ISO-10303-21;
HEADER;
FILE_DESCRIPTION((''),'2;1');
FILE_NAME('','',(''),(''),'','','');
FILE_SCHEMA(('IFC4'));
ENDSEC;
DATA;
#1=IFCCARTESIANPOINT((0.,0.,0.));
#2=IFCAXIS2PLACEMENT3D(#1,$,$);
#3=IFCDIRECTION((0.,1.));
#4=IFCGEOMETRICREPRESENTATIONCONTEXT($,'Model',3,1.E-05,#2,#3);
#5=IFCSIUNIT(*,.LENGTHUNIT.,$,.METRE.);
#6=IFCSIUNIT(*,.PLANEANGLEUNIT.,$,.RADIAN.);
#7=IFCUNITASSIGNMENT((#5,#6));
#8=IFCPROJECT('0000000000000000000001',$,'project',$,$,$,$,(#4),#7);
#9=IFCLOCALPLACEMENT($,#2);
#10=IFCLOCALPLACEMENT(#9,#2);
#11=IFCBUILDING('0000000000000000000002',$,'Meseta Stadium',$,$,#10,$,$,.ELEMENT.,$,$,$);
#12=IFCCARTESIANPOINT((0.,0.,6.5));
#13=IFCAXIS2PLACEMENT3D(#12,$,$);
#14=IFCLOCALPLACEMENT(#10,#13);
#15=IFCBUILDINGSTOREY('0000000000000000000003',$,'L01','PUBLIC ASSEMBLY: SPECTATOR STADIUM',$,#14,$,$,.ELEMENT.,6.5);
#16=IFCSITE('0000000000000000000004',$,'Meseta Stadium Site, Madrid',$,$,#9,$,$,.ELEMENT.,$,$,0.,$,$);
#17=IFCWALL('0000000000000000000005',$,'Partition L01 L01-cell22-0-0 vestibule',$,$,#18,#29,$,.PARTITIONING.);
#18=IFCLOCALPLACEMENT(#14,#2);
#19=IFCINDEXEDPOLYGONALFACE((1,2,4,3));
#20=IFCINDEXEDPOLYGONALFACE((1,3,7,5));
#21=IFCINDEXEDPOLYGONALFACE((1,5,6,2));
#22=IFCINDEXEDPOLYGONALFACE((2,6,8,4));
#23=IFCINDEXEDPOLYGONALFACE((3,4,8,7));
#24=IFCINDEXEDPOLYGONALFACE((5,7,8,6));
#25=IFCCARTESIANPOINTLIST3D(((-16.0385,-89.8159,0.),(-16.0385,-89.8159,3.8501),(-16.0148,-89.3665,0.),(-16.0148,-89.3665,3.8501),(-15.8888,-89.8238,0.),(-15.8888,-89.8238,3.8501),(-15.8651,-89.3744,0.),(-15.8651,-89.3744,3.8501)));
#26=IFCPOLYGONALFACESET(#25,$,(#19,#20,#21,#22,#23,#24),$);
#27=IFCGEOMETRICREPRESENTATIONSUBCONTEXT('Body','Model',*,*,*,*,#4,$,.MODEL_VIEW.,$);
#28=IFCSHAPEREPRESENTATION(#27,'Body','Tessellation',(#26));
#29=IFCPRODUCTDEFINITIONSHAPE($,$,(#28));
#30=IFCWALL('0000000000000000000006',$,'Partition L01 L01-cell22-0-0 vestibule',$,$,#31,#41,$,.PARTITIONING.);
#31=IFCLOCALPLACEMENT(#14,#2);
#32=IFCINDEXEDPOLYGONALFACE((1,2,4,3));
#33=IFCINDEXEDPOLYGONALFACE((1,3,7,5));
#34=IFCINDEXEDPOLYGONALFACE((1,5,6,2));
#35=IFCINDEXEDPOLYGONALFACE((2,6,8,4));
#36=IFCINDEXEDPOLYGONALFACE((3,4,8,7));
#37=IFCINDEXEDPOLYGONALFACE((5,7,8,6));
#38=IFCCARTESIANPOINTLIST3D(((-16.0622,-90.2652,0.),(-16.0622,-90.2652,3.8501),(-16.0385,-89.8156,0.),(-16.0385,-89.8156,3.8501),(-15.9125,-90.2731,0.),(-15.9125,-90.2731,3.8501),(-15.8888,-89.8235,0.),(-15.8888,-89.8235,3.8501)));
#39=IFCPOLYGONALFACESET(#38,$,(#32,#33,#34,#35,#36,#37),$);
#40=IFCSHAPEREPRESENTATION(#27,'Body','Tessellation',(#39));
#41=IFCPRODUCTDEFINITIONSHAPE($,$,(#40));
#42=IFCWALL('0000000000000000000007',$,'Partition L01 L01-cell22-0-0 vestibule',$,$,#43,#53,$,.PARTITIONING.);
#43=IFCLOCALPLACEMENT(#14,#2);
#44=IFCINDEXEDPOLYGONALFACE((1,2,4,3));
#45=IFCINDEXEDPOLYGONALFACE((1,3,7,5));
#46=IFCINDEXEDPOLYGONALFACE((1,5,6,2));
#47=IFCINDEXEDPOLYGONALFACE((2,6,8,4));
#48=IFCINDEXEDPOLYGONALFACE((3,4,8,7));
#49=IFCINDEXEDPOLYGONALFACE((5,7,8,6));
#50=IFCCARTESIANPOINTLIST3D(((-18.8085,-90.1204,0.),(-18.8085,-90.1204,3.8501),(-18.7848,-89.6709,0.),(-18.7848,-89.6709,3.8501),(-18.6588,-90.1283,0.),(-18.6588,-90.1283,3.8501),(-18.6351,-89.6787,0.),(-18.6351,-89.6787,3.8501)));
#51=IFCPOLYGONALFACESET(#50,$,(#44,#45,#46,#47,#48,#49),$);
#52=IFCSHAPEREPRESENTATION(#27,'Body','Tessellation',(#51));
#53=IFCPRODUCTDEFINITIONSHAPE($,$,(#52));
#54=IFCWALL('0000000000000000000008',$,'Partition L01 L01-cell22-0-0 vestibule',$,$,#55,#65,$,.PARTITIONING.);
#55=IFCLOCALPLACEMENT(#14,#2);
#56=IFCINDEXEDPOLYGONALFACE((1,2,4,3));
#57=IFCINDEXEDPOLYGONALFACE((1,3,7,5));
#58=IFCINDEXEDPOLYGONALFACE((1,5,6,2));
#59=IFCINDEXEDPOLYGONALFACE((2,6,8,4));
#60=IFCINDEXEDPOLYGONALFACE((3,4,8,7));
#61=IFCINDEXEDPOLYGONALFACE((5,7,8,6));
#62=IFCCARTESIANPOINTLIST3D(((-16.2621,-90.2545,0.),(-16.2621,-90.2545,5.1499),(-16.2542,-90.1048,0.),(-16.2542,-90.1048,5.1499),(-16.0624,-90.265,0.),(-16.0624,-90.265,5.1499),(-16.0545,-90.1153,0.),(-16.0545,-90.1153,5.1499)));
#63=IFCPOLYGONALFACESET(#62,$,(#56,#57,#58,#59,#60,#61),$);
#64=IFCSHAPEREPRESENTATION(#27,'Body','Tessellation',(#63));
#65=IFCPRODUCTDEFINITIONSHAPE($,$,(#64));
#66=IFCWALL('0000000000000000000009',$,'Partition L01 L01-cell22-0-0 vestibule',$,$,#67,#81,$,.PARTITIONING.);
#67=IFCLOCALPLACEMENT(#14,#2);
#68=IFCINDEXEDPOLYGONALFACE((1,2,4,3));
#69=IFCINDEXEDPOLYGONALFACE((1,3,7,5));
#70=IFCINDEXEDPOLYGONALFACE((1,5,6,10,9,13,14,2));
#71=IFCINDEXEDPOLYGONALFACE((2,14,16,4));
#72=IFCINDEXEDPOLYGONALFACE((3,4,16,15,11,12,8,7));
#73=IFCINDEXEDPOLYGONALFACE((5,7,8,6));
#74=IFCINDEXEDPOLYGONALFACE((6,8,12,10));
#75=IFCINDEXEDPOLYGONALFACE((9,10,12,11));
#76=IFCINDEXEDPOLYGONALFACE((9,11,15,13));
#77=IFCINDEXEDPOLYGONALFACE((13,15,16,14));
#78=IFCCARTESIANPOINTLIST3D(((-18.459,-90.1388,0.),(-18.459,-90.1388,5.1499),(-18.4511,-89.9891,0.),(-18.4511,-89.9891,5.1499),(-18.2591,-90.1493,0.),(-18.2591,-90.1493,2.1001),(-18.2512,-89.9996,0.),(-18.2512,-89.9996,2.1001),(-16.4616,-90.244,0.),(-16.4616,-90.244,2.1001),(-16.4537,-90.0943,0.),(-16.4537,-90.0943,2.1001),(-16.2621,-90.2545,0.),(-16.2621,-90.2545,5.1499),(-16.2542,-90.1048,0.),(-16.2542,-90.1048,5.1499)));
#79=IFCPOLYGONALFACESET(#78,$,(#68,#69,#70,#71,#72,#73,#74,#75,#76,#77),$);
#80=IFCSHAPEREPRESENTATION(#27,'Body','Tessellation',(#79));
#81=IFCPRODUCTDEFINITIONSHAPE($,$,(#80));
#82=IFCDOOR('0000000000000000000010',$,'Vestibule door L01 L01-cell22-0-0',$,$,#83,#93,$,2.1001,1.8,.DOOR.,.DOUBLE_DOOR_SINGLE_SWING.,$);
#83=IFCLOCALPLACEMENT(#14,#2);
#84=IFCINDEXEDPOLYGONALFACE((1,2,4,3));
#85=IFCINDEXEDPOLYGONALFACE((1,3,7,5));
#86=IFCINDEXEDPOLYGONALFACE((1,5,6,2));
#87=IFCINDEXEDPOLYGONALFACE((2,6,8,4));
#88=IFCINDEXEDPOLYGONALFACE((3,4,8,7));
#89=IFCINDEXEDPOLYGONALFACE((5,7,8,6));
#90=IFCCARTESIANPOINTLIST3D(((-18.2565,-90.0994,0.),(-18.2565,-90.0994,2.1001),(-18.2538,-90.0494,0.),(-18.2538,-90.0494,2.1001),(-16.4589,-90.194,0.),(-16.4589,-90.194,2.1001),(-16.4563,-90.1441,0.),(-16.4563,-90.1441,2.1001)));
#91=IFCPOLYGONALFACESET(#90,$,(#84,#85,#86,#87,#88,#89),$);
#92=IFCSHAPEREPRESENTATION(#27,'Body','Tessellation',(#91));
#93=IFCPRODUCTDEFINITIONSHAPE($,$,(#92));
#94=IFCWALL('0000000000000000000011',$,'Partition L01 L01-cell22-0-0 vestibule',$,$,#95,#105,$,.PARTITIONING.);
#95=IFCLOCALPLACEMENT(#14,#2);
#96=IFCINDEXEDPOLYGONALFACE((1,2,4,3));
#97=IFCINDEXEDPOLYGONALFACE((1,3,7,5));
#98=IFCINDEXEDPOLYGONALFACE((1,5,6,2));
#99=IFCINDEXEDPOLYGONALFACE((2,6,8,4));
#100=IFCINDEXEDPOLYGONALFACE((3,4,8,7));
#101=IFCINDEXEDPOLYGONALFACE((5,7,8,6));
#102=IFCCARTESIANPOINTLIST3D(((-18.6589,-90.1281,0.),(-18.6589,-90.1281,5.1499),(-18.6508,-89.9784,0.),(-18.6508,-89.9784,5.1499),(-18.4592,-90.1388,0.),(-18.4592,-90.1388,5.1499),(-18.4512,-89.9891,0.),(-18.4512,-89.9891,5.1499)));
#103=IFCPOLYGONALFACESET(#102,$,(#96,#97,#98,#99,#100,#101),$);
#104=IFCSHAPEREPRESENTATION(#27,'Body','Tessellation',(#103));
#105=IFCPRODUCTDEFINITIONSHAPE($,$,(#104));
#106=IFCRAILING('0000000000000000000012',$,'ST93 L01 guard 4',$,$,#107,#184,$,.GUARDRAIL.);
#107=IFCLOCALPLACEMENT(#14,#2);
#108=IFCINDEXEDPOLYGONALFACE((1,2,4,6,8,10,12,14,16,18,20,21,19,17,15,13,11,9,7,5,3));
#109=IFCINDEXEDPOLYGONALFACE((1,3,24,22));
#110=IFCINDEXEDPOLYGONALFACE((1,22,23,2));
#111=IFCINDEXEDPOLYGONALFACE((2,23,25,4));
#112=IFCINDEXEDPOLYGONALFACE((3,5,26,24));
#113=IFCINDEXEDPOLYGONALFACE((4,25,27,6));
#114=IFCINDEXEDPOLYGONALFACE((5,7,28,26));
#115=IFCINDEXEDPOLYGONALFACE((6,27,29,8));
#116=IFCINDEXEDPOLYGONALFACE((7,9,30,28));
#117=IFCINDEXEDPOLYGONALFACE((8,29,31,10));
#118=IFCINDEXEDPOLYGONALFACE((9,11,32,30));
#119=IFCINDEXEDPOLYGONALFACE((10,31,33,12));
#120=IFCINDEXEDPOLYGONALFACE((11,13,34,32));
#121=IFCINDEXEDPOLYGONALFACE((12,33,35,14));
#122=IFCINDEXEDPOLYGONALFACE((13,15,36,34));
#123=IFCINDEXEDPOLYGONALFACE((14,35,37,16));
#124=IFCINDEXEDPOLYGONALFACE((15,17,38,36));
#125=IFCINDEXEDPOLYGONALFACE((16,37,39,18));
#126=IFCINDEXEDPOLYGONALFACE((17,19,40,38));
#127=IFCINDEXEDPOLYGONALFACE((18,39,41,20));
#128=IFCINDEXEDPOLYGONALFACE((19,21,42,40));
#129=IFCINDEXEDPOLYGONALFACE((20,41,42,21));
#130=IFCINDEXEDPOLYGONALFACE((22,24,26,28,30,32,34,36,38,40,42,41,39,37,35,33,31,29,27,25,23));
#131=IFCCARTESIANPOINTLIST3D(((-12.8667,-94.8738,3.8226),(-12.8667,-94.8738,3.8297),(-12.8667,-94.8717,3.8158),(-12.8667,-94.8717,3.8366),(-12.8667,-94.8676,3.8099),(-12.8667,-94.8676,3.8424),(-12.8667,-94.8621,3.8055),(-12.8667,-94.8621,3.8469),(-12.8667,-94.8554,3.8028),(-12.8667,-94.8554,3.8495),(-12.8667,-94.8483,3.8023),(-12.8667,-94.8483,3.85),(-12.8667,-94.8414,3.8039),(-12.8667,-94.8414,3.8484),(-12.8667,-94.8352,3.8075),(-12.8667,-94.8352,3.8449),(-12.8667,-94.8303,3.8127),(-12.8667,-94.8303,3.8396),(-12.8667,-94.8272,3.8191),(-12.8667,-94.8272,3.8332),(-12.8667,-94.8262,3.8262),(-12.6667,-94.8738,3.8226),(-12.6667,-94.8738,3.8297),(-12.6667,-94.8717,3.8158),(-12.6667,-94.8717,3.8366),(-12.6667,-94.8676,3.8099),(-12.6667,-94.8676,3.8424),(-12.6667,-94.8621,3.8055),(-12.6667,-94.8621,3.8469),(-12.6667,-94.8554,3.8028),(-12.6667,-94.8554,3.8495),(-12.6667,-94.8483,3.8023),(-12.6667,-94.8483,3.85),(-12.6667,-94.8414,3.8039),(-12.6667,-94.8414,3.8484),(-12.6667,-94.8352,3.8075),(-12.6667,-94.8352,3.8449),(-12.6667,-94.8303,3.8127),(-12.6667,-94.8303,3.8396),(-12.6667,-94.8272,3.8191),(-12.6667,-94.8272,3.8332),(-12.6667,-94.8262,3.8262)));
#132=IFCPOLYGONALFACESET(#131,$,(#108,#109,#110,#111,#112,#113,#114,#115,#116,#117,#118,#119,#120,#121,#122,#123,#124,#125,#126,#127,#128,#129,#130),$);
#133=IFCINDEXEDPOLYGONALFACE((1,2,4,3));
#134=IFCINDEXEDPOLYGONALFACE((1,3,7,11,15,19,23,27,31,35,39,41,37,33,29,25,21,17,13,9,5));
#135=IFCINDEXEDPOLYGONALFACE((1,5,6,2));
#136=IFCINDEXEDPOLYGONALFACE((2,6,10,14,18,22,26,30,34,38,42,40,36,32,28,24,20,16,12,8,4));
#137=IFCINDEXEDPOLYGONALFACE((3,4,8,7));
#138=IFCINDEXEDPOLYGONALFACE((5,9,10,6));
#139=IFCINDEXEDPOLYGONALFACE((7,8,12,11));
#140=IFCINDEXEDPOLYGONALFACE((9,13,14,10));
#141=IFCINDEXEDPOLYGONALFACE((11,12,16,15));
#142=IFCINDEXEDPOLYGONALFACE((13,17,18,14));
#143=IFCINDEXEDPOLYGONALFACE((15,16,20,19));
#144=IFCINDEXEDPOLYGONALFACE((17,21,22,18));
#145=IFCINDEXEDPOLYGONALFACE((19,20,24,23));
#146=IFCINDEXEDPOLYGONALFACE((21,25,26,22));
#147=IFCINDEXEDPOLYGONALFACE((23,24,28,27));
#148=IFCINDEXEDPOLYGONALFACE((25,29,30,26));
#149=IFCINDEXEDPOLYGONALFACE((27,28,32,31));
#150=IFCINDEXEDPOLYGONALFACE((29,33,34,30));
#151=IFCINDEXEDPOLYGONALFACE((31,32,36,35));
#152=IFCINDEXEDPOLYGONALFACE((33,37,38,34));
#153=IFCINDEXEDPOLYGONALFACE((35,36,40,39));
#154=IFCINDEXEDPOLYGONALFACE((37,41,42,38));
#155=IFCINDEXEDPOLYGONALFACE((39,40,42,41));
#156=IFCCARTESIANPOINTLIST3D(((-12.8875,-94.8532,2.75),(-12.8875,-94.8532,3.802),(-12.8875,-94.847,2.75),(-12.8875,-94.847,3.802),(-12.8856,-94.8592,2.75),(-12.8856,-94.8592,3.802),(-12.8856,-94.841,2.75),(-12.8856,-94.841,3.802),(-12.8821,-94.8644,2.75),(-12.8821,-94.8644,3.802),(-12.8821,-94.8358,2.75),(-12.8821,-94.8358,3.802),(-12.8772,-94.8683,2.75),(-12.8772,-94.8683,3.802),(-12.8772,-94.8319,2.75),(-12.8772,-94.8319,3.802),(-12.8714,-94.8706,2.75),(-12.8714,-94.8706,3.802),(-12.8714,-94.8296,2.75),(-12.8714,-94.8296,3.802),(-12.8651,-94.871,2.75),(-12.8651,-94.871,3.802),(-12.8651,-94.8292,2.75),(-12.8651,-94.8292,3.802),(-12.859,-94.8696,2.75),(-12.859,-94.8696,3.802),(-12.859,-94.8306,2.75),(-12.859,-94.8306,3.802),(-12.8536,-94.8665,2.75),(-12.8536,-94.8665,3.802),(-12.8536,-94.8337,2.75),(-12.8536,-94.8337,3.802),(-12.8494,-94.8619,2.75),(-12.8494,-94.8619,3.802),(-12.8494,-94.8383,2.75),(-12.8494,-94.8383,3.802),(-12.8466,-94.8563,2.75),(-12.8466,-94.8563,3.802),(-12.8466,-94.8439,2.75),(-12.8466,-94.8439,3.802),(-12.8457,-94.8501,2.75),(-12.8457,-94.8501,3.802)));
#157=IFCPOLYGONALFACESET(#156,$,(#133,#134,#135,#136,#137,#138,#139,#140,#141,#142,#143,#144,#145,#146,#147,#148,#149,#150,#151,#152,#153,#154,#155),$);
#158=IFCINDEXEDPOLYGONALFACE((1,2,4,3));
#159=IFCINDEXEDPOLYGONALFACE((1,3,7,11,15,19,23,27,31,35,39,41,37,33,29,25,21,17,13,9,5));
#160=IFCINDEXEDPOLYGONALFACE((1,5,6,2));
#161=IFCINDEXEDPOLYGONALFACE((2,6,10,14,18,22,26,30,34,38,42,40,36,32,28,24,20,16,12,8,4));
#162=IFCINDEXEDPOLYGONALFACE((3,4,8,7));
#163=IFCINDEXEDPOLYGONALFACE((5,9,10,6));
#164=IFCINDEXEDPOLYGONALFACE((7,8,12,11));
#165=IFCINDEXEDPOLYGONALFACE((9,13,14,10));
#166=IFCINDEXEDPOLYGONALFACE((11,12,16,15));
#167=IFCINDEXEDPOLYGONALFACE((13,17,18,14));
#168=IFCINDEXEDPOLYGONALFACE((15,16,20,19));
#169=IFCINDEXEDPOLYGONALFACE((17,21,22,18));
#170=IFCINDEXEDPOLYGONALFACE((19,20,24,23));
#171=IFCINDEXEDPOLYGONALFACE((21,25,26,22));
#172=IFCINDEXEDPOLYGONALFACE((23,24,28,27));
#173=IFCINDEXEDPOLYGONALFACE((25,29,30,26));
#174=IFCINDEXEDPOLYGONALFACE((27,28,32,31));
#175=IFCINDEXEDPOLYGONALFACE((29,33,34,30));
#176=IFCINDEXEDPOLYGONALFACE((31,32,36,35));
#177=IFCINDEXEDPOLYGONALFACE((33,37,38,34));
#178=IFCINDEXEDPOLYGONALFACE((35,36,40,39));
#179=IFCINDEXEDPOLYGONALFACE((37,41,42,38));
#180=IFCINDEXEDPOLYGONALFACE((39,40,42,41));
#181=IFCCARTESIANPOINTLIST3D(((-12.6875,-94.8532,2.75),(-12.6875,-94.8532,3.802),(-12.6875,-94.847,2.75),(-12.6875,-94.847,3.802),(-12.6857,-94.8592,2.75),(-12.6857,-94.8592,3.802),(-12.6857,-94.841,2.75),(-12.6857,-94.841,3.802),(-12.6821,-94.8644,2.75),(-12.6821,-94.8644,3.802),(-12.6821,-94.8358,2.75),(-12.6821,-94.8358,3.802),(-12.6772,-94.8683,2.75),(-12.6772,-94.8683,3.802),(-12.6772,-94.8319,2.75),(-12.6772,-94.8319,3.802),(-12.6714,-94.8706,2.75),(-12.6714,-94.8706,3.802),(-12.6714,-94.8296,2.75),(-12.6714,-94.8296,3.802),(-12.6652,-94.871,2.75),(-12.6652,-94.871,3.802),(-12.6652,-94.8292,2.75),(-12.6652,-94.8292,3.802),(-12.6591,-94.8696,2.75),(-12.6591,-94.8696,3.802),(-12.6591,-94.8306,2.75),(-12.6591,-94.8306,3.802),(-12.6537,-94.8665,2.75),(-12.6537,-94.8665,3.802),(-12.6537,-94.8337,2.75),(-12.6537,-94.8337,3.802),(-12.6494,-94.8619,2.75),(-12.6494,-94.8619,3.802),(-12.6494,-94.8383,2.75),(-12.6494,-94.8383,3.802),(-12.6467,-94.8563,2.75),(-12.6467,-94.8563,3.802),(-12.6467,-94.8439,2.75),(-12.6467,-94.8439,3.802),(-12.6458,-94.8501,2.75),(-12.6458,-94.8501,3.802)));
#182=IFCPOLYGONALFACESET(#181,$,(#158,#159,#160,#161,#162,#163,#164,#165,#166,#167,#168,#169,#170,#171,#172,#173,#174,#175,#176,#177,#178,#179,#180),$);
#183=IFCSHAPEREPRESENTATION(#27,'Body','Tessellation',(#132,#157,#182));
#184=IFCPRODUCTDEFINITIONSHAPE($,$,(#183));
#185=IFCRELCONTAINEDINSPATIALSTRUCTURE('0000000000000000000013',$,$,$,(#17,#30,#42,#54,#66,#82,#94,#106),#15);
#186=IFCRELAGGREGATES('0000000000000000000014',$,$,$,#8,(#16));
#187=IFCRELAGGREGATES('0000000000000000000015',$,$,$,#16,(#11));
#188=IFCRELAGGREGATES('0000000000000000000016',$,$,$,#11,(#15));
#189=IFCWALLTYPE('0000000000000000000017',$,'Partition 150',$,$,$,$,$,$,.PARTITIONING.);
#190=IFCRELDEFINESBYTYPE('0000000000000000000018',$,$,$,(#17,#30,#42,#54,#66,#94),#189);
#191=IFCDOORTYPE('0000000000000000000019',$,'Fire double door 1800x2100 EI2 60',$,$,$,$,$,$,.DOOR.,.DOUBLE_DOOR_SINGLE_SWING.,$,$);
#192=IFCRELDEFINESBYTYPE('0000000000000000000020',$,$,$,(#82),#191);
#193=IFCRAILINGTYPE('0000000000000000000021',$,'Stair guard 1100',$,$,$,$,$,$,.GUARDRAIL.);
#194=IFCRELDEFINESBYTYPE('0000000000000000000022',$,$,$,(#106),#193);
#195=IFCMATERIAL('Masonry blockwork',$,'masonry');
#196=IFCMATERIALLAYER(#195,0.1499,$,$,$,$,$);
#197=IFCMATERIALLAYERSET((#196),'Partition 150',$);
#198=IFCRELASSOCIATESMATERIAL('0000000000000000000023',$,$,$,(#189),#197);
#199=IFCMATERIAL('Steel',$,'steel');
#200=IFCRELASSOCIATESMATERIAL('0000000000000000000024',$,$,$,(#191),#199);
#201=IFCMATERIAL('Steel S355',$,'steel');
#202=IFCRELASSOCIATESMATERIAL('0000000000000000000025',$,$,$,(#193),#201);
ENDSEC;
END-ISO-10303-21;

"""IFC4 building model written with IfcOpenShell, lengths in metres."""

from ifc_helpers import new_model, si_unit, direction, frame, frame_2d, origin, origin_2d, place, context, subcontext, project, spatial, rectangle, circle, extrude, material, layer, layer_set, type_object, element, fill, save


model = new_model("IFC4")

# Units and contexts
model_context = context("Model", 3, precision=1e-05, world=origin(), true_north=direction((0.0, 1.0)))
body_context = subcontext(model_context, "Body", "Model", "MODEL_VIEW")
ifc_project = project(units=[si_unit("LENGTHUNIT", "METRE"), si_unit("PLANEANGLEUNIT", "RADIAN")], contexts=[model_context])

# Site, building, storey
site_placement = place(None, origin())
site = spatial("IfcSite", under=ifc_project, at=site_placement, Name="Meseta Stadium Site, Madrid", CompositionType="ELEMENT", RefElevation=0.0)
building_placement = place(site_placement, origin())
building = spatial("IfcBuilding", under=site, at=building_placement, Name="Meseta Stadium", CompositionType="ELEMENT")
storey_placement = place(building_placement, frame((0.0, 0.0, 6.5)))
storey = spatial("IfcBuildingStorey", under=building, at=storey_placement, Name="L01", Description="PUBLIC ASSEMBLY: SPECTATOR STADIUM", CompositionType="ELEMENT", Elevation=6.5)

# Walls
ifc_material_1 = material(Name="Masonry blockwork", Category="masonry")
ifc_layer_1 = layer(ifc_material_1, 0.1499)
ifc_layer_set_1 = layer_set([ifc_layer_1], Name="Partition 150")
wall_type_1 = type_object("IfcWallType", Name="Partition 150", PredefinedType="PARTITIONING", material=ifc_layer_set_1)
wall_1_placement = place(storey_placement, frame((-15.9399, -89.3704, 0.0), z_axis=(0.0, 0.0, 1.0), x_axis=(-0.052644, -0.998613, 0.0)))
element("IfcWall", 1, at=wall_1_placement, inside=storey, type_object=wall_type_1, Name="Partition L01 L01-cell22-0-0 vestibule", PredefinedType="PARTITIONING", context=body_context, shape_type="SweptSolid", body=[
    extrude(rectangle(XDim=0.45, YDim=0.1499, at=frame_2d((0.2251, 0.0))), origin(), (0.0, 0.0, 1.0), 3.8501),
])
for number, where, z_axis, x_axis, name in (
    (2, (-15.9636, -89.8196, 0.0), (0.0, 0.0, 1.0), (-0.052616, -0.998615, 0.0), "Partition L01 L01-cell22-0-0 vestibule"),
    (3, (-18.71, -89.6748, 0.0), (0.0, 0.0, 1.0), (-0.052616, -0.998615, 0.0), "Partition L01 L01-cell22-0-0 vestibule"),
):
    element("IfcWall", number, at=place(storey_placement, frame(where, z_axis=z_axis, x_axis=x_axis)), inside=storey, type_object=wall_type_1, Name=name, PredefinedType="PARTITIONING", context=body_context, shape_type="SweptSolid", body=[
        extrude(rectangle(XDim=0.4502, YDim=0.1499, at=frame_2d((0.2251, 0.0))), origin(), (0.0, 0.0, 1.0), 3.8501),
    ])
wall_2_placement = place(storey_placement, frame((-16.0583, -90.1902, 0.0), z_axis=(0.0, 0.0, 1.0), x_axis=(-0.998621, 0.052495, 0.0)))
element("IfcWall", 4, at=wall_2_placement, inside=storey, type_object=wall_type_1, Name="Partition L01 L01-cell22-0-0 vestibule", PredefinedType="PARTITIONING", context=body_context, shape_type="SweptSolid", body=[
    extrude(rectangle(XDim=0.2, YDim=0.1499, at=frame_2d((0.1001, 0.0))), origin(), (0.0, 0.0, 1.0), 5.1499),
])

# Wall, opening, door
wall_3_placement = place(storey_placement, frame((-16.2581, -90.1797, 0.0), z_axis=(0.0, 0.0, 1.0), x_axis=(-0.998616, 0.0526, 0.0)))
wall_3 = element("IfcWall", 5, at=wall_3_placement, inside=storey, type_object=wall_type_1, Name="Partition L01 L01-cell22-0-0 vestibule", PredefinedType="PARTITIONING", context=body_context, shape_type="SweptSolid", body=[
    extrude(rectangle(XDim=2.2, YDim=0.1499, at=frame_2d((1.1001, 0.0))), origin(), (0.0, 0.0, 1.0), 5.1499),
])
opening_1_placement = place(wall_3_placement, frame((0.2, 0.0, 0.0)))
opening_1 = element("IfcOpeningElement", 6, at=opening_1_placement, cuts=wall_3, PredefinedType="OPENING", context=body_context, shape_type="SweptSolid", body=[
    extrude(rectangle(XDim=1.8, YDim=2.1001, at=frame_2d((0.8999, 1.05))), frame((0.0, 0.085, 0.0), z_axis=(0.0, -1.0, 0.0), x_axis=(1.0, 0.0, 0.0)), (0.0, 0.0, 1.0), 0.1699),
])
ifc_material_2 = material(Name="Steel", Category="steel")
door_type_1 = type_object("IfcDoorType", Name="Fire double door 1800x2100 EI2 60", OperationType="DOUBLE_DOOR_SINGLE_SWING", PredefinedType="DOOR", material=ifc_material_2)
door_1_placement = place(opening_1_placement, origin())
door_1 = element("IfcDoor", 7, at=door_1_placement, inside=storey, type_object=door_type_1, Name="Vestibule door L01 L01-cell22-0-0", OperationType="DOUBLE_DOOR_SINGLE_SWING", OverallHeight=2.1001, OverallWidth=1.8, PredefinedType="DOOR", context=body_context, shape_type="SweptSolid", body=[
    extrude(rectangle(XDim=1.8, YDim=2.1001, at=frame_2d((0.8999, 1.05))), frame((0.0, 0.0249, 0.0), z_axis=(0.0, -1.0, 0.0), x_axis=(1.0, 0.0, 0.0)), (0.0, 0.0, 1.0), 0.05),
])
fill(opening_1, door_1)

# Wall
wall_4_placement = place(storey_placement, frame((-18.4551, -90.064, 0.0), z_axis=(0.0, 0.0, 1.0), x_axis=(-0.998556, 0.053712, 0.0)))
element("IfcWall", 8, at=wall_4_placement, inside=storey, type_object=wall_type_1, Name="Partition L01 L01-cell22-0-0 vestibule", PredefinedType="PARTITIONING", context=body_context, shape_type="SweptSolid", body=[
    extrude(rectangle(XDim=0.2, YDim=0.1499, at=frame_2d((0.1001, 0.0))), origin(), (0.0, 0.0, 1.0), 5.1499),
])

# Railing
ifc_material_3 = material(Name="Steel S355", Category="steel")
railing_type = type_object("IfcRailingType", Name="Stair guard 1100", PredefinedType="GUARDRAIL", material=ifc_material_3)
for number, where, name in (
    (9, (-12.8667, -94.8501, 2.75), "ST93 L01 guard 4"),
):
    element("IfcRailing", number, at=place(storey_placement, frame(where)), inside=storey, type_object=railing_type, Name=name, PredefinedType="GUARDRAIL", context=body_context, shape_type="SweptSolid", body=[
        extrude(circle(Radius=0.0239, at=origin_2d()), frame((0.0, 0.0, 1.0762), z_axis=(1.0, 0.0, 0.0), x_axis=(0.0, 1.0, 0.0)), (0.0, 0.0, 1.0), 0.2),
        extrude(circle(Radius=0.021, at=origin_2d()), origin(), (0.0, 0.0, 1.0), 1.052),
        extrude(circle(Radius=0.021, at=origin_2d()), frame((0.2, 0.0, 0.0)), (0.0, 0.0, 1.0), 1.052),
    ])

save(model, "model.ifc")
